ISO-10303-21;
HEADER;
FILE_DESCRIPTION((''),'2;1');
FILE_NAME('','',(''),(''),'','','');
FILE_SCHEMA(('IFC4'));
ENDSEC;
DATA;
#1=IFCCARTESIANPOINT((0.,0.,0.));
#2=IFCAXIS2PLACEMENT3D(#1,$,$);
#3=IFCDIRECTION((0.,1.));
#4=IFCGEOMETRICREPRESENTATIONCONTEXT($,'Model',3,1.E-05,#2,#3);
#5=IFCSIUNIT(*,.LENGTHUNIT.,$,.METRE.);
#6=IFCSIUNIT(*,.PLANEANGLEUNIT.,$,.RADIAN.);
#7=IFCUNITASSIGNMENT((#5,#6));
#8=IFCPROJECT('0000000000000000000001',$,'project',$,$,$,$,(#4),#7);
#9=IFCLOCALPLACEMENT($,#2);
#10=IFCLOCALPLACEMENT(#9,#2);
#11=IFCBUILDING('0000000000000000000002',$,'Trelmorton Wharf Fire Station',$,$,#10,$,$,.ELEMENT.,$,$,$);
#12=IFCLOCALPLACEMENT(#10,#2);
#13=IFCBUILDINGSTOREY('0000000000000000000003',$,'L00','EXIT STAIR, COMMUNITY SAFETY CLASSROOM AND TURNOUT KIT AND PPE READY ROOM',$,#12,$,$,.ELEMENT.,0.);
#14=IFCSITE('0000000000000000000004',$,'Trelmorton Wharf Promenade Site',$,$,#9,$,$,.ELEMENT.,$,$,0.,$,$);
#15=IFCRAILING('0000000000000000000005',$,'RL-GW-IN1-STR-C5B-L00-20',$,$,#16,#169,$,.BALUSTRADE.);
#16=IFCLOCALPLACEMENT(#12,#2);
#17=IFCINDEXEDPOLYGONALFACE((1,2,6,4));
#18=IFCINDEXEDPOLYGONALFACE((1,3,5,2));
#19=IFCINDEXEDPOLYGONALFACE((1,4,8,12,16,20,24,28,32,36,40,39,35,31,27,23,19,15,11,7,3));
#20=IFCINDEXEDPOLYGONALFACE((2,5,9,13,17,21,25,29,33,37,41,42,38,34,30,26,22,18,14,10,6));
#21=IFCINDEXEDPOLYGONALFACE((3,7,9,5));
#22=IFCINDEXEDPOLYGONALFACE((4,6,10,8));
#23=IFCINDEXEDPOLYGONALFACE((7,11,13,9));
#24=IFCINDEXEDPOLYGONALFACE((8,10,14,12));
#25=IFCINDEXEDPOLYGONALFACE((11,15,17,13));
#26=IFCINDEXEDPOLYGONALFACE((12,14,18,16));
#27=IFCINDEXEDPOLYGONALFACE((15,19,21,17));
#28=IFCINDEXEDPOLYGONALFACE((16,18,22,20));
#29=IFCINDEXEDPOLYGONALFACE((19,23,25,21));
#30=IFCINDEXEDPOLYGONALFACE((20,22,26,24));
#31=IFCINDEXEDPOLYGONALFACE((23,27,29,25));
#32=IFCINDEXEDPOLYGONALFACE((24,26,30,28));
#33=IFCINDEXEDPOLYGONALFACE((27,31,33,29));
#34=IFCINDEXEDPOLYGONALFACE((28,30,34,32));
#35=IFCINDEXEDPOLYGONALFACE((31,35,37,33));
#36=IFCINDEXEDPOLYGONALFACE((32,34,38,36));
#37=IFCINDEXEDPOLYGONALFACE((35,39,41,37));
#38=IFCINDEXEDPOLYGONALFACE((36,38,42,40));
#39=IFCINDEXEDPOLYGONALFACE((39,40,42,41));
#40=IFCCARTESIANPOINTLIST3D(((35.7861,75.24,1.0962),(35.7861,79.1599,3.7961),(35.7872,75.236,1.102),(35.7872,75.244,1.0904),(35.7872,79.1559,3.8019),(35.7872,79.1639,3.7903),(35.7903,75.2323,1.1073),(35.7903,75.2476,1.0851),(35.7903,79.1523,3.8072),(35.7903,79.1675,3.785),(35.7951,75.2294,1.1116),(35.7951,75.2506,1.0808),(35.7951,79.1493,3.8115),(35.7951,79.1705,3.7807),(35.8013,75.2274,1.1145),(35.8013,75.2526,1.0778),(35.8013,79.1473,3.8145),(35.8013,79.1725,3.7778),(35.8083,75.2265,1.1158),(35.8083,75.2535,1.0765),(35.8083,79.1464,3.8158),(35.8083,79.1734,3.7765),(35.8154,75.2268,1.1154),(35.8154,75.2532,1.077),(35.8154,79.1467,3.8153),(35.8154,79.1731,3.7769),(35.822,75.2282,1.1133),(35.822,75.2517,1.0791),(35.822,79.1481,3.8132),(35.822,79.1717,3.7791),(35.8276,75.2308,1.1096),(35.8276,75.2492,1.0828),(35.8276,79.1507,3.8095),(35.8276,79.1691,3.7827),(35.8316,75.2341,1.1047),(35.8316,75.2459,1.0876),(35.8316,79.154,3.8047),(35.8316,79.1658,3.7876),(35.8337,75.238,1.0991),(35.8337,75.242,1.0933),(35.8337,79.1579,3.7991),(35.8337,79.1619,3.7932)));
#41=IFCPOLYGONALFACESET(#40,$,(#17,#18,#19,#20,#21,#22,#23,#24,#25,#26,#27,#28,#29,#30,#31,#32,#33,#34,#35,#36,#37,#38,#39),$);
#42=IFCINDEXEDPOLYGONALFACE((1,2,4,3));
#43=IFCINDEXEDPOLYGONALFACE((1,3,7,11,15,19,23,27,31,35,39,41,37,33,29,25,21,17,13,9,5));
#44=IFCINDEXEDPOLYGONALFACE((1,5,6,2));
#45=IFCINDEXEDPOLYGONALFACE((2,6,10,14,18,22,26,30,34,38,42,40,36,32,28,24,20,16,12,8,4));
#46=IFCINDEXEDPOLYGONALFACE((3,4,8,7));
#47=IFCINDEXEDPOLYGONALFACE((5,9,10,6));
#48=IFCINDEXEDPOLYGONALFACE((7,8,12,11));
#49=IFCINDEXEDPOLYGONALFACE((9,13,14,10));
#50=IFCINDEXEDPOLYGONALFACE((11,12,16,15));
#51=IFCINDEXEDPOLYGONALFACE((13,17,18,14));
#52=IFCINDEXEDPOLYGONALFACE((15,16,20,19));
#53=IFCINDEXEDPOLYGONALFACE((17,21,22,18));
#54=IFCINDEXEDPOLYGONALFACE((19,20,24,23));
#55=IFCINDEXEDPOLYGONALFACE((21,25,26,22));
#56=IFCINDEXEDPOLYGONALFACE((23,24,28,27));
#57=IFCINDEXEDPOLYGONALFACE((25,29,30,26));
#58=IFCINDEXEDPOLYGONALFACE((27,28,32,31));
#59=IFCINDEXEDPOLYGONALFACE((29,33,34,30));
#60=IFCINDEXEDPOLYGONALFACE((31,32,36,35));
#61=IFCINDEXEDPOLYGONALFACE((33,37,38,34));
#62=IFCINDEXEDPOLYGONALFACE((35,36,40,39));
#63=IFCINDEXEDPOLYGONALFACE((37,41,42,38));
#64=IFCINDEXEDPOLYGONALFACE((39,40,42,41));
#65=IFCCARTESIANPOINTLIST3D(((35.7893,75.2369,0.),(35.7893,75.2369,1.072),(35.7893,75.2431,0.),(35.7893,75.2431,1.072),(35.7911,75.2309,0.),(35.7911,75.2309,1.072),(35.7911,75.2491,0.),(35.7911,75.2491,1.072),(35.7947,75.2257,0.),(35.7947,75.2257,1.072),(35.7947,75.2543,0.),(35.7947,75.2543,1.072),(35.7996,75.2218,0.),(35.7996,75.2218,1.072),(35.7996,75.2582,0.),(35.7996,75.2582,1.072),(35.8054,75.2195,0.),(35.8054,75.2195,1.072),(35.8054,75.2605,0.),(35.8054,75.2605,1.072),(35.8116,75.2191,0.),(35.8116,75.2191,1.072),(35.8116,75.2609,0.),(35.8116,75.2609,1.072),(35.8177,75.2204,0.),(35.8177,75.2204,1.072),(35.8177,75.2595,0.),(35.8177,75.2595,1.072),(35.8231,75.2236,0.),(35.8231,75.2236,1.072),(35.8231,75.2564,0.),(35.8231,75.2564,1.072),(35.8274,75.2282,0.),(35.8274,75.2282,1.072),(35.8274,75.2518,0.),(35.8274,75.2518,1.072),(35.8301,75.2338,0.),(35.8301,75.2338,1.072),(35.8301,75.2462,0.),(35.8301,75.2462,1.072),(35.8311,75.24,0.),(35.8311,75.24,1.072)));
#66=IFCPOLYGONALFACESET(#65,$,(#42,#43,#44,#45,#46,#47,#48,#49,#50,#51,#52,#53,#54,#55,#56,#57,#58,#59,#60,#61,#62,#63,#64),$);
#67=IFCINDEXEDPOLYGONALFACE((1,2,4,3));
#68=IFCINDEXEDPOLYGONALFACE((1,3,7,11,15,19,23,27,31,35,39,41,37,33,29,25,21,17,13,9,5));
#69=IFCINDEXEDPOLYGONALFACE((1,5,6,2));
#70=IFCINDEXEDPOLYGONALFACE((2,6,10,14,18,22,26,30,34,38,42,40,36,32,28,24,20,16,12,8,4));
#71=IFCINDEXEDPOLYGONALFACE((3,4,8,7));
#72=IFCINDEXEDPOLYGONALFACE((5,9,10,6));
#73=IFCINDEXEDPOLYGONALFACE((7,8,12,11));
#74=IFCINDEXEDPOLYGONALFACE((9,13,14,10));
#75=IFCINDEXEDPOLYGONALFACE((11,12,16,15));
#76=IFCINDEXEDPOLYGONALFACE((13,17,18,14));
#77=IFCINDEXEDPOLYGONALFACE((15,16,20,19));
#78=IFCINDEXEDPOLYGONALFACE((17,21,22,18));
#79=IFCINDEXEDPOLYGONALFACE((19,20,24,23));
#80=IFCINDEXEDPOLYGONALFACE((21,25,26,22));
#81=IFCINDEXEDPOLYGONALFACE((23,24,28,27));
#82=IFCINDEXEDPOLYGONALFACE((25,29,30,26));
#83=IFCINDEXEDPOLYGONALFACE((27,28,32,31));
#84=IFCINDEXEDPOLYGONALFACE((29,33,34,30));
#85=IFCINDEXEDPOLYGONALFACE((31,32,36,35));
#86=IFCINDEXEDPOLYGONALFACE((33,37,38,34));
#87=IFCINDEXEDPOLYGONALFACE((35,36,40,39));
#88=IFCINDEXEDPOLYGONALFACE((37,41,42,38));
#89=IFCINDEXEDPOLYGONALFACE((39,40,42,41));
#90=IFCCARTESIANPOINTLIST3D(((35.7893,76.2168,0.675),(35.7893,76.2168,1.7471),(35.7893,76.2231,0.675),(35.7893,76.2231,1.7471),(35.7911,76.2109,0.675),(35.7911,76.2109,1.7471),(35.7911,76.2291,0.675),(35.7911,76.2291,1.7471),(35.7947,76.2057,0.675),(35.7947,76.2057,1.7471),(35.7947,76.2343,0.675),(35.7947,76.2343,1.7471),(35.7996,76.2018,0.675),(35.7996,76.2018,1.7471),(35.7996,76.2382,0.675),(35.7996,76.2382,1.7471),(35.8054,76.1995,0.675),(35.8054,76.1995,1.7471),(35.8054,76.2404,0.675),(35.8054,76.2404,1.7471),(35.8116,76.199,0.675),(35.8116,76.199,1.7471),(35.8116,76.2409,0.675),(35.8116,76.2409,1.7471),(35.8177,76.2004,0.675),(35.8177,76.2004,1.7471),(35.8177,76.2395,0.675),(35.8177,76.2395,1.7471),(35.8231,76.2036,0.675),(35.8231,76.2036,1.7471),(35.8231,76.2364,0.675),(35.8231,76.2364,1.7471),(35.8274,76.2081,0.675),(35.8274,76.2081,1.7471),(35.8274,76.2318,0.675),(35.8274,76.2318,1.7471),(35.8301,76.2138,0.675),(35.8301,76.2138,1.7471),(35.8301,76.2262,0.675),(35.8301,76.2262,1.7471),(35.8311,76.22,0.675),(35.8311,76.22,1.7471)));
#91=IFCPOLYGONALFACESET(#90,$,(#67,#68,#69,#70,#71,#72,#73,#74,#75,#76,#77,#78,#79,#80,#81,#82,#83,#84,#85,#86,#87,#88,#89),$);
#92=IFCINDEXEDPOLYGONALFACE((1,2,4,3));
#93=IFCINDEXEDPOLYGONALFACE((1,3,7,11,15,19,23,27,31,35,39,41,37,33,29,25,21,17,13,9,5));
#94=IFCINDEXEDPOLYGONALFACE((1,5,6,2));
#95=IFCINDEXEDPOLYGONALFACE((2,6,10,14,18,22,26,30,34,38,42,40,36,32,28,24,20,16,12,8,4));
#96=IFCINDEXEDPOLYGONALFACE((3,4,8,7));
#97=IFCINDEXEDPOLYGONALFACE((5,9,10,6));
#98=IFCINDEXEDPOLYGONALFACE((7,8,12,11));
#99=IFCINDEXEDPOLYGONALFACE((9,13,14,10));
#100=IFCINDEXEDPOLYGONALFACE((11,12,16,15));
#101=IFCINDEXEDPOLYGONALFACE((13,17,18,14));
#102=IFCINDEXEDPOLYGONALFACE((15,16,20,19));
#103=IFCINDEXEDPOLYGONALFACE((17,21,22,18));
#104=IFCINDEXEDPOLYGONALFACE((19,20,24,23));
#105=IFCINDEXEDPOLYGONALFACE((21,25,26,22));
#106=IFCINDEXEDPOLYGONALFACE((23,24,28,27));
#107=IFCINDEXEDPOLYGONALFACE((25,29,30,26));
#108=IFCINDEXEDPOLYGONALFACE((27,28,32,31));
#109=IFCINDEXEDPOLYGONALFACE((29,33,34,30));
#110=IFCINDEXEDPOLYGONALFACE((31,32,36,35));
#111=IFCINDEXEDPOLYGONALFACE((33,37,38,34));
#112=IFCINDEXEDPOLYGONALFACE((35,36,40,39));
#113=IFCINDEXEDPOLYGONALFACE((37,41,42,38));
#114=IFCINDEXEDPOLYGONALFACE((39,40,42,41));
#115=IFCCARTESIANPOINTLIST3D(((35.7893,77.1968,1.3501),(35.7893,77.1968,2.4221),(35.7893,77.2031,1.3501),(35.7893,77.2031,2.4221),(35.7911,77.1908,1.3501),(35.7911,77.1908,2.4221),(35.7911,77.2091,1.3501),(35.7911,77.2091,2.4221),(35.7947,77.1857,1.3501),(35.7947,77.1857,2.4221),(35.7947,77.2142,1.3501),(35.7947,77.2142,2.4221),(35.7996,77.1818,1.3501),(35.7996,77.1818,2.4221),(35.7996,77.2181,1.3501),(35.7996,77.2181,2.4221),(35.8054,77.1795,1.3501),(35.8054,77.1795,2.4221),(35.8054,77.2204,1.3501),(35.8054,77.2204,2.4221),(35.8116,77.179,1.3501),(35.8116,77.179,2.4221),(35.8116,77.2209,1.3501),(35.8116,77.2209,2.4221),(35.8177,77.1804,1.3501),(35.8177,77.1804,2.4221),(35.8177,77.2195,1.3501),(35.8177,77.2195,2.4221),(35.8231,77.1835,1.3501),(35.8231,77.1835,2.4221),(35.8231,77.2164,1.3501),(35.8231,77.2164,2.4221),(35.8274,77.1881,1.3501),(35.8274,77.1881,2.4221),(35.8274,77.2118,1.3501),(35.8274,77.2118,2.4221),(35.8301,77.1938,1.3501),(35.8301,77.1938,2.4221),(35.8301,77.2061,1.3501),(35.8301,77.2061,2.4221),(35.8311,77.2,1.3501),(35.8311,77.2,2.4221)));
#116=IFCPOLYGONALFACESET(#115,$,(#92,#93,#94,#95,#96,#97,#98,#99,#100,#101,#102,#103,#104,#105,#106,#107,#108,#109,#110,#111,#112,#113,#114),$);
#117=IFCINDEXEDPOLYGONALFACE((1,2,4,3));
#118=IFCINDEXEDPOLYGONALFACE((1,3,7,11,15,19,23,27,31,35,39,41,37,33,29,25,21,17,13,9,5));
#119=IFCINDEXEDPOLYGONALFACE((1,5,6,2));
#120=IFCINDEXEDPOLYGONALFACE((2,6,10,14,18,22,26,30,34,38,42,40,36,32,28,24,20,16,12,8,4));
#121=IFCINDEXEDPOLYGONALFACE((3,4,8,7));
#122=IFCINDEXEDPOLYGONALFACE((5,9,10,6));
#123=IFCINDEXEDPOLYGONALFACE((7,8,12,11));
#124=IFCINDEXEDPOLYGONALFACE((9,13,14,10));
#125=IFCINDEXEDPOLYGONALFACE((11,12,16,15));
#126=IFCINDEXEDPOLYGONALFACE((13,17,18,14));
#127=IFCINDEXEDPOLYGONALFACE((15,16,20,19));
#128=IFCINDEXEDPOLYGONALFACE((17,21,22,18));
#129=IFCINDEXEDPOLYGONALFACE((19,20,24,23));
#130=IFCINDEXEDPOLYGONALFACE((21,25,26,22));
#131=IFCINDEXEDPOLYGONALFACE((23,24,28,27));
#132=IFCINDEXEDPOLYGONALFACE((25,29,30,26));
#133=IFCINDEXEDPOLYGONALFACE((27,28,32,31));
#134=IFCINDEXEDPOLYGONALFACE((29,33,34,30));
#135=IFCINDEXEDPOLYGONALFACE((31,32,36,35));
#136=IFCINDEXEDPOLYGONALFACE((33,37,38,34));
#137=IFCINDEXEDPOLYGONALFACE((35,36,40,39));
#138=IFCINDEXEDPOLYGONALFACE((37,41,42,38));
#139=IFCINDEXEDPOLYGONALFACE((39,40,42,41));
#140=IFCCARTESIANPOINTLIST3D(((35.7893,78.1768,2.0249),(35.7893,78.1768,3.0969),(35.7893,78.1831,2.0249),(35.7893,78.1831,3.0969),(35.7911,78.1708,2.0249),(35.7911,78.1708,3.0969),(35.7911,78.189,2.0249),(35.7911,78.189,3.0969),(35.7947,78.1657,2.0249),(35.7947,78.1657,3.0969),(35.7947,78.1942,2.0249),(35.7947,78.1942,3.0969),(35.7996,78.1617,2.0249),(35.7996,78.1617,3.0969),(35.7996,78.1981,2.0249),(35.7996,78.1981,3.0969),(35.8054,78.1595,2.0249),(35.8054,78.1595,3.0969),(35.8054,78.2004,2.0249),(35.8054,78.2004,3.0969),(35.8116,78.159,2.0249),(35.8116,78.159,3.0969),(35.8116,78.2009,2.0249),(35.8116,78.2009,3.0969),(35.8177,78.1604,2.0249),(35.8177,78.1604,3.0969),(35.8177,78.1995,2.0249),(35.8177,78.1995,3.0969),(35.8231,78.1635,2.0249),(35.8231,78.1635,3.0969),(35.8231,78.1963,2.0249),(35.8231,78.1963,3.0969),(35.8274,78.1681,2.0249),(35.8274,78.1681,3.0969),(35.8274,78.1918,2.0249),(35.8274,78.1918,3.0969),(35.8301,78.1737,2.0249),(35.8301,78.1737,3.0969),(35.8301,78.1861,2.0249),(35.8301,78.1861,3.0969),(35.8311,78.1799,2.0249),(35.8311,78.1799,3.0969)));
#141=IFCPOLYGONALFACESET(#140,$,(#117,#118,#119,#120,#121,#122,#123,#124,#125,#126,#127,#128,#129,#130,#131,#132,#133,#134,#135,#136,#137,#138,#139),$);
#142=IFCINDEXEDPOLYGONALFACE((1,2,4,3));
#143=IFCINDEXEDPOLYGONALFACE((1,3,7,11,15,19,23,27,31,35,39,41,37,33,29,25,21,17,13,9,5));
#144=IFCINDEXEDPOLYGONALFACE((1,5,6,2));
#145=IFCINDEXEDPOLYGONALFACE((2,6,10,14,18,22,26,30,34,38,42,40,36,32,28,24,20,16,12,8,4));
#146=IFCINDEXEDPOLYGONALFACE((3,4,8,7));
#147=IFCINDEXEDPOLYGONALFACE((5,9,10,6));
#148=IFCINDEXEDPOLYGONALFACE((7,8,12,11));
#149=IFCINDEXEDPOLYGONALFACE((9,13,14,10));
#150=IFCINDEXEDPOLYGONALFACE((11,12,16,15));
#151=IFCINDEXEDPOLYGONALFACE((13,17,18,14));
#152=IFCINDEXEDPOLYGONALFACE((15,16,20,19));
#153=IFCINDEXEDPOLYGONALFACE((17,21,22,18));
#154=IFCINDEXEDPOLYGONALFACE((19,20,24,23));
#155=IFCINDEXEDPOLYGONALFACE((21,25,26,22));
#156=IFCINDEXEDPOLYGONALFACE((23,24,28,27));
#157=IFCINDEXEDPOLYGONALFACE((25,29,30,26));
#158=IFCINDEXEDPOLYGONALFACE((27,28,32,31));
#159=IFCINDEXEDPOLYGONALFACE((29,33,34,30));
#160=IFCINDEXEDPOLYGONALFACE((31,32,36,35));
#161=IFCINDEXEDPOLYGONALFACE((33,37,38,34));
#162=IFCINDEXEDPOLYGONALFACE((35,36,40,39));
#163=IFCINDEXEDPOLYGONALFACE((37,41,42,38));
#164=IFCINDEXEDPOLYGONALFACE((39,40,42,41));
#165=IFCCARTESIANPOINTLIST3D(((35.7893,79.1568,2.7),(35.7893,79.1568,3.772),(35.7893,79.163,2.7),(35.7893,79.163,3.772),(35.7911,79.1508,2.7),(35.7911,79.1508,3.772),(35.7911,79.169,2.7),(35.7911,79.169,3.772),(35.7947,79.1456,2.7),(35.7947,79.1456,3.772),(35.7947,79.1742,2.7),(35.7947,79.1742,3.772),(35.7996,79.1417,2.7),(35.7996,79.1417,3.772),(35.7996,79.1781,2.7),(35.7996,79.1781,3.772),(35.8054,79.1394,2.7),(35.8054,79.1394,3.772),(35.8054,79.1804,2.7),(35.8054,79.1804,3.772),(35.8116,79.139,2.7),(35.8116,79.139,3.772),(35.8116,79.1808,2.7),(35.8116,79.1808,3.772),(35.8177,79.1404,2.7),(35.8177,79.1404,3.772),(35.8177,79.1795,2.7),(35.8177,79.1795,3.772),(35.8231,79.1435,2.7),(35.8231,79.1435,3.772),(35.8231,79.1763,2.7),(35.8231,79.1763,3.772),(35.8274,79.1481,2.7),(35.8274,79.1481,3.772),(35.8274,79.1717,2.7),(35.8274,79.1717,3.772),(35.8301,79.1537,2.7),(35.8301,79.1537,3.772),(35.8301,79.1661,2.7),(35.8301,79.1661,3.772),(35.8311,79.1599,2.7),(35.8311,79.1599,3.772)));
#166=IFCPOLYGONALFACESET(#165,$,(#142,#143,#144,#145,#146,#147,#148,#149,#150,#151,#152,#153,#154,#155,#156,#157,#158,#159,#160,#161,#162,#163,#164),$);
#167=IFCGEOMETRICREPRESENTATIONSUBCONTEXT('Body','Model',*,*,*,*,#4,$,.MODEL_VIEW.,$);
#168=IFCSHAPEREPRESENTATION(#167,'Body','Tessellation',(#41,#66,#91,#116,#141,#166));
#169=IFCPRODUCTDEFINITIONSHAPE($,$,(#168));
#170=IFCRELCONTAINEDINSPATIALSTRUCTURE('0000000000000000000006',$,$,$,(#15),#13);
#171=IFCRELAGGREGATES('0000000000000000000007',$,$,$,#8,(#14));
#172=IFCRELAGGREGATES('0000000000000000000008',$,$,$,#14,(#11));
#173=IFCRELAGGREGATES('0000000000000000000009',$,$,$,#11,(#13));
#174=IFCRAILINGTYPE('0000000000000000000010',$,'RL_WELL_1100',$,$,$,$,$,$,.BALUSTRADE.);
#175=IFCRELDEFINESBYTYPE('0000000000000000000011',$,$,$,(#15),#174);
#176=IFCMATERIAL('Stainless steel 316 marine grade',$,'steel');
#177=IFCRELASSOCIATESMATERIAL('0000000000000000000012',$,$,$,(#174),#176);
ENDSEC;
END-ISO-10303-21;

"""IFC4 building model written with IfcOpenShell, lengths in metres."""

from ifc_helpers import new_model, si_unit, direction, frame, origin, origin_2d, place, context, subcontext, project, spatial, circle, extrude, material, type_object, element, save


model = new_model("IFC4")

# Units and contexts
model_context = context("Model", 3, precision=1e-05, world=origin(), true_north=direction((0.0, 1.0)))
body_context = subcontext(model_context, "Body", "Model", "MODEL_VIEW")
ifc_project = project(units=[si_unit("LENGTHUNIT", "METRE"), si_unit("PLANEANGLEUNIT", "RADIAN")], contexts=[model_context])

# Site, building, storey
site_placement = place(None, origin())
site = spatial("IfcSite", under=ifc_project, at=site_placement, Name="Trelmorton Wharf Promenade Site", CompositionType="ELEMENT", RefElevation=0.0)
building_placement = place(site_placement, origin())
building = spatial("IfcBuilding", under=site, at=building_placement, Name="Trelmorton Wharf Fire Station", CompositionType="ELEMENT")
storey_placement = place(building_placement, origin())
storey = spatial("IfcBuildingStorey", under=building, at=storey_placement, Name="L00", Description="EXIT STAIR, COMMUNITY SAFETY CLASSROOM AND TURNOUT KIT AND PPE READY ROOM", CompositionType="ELEMENT", Elevation=0.0)

# Shared definitions
ifc_material_1 = material(Name="Stainless steel 316 marine grade", Category="steel")

# Railing
railing_type = type_object("IfcRailingType", Name="RL_WELL_1100", PredefinedType="BALUSTRADE", material=ifc_material_1)
railing_1_placement = place(storey_placement, frame((35.8101, 75.24, 0.0)))
element("IfcRailing", 1, at=railing_1_placement, inside=storey, type_object=railing_type, Name="RL-GW-IN1-STR-C5B-L00-20", PredefinedType="BALUSTRADE", context=body_context, shape_type="SweptSolid", body=[
    extrude(circle(Radius=0.0239, at=origin_2d()), frame((0.0, 0.0, 1.0962), z_axis=(0.0, 0.823551, 0.567243), x_axis=(-1.0, 0.0, 0.0)), (0.0, 0.0, 1.0), 4.7598),
    extrude(circle(Radius=0.021, at=origin_2d()), origin(), (0.0, 0.0, 1.0), 1.072),
    extrude(circle(Radius=0.021, at=origin_2d()), frame((0.0, 0.98, 0.675)), (0.0, 0.0, 1.0), 1.072),
    extrude(circle(Radius=0.021, at=origin_2d()), frame((0.0, 1.96, 1.3501)), (0.0, 0.0, 1.0), 1.072),
    extrude(circle(Radius=0.021, at=origin_2d()), frame((0.0, 2.9399, 2.0249)), (0.0, 0.0, 1.0), 1.072),
    extrude(circle(Radius=0.021, at=origin_2d()), frame((0.0, 3.9199, 2.7)), (0.0, 0.0, 1.0), 1.072),
])

save(model, "model.ifc")
